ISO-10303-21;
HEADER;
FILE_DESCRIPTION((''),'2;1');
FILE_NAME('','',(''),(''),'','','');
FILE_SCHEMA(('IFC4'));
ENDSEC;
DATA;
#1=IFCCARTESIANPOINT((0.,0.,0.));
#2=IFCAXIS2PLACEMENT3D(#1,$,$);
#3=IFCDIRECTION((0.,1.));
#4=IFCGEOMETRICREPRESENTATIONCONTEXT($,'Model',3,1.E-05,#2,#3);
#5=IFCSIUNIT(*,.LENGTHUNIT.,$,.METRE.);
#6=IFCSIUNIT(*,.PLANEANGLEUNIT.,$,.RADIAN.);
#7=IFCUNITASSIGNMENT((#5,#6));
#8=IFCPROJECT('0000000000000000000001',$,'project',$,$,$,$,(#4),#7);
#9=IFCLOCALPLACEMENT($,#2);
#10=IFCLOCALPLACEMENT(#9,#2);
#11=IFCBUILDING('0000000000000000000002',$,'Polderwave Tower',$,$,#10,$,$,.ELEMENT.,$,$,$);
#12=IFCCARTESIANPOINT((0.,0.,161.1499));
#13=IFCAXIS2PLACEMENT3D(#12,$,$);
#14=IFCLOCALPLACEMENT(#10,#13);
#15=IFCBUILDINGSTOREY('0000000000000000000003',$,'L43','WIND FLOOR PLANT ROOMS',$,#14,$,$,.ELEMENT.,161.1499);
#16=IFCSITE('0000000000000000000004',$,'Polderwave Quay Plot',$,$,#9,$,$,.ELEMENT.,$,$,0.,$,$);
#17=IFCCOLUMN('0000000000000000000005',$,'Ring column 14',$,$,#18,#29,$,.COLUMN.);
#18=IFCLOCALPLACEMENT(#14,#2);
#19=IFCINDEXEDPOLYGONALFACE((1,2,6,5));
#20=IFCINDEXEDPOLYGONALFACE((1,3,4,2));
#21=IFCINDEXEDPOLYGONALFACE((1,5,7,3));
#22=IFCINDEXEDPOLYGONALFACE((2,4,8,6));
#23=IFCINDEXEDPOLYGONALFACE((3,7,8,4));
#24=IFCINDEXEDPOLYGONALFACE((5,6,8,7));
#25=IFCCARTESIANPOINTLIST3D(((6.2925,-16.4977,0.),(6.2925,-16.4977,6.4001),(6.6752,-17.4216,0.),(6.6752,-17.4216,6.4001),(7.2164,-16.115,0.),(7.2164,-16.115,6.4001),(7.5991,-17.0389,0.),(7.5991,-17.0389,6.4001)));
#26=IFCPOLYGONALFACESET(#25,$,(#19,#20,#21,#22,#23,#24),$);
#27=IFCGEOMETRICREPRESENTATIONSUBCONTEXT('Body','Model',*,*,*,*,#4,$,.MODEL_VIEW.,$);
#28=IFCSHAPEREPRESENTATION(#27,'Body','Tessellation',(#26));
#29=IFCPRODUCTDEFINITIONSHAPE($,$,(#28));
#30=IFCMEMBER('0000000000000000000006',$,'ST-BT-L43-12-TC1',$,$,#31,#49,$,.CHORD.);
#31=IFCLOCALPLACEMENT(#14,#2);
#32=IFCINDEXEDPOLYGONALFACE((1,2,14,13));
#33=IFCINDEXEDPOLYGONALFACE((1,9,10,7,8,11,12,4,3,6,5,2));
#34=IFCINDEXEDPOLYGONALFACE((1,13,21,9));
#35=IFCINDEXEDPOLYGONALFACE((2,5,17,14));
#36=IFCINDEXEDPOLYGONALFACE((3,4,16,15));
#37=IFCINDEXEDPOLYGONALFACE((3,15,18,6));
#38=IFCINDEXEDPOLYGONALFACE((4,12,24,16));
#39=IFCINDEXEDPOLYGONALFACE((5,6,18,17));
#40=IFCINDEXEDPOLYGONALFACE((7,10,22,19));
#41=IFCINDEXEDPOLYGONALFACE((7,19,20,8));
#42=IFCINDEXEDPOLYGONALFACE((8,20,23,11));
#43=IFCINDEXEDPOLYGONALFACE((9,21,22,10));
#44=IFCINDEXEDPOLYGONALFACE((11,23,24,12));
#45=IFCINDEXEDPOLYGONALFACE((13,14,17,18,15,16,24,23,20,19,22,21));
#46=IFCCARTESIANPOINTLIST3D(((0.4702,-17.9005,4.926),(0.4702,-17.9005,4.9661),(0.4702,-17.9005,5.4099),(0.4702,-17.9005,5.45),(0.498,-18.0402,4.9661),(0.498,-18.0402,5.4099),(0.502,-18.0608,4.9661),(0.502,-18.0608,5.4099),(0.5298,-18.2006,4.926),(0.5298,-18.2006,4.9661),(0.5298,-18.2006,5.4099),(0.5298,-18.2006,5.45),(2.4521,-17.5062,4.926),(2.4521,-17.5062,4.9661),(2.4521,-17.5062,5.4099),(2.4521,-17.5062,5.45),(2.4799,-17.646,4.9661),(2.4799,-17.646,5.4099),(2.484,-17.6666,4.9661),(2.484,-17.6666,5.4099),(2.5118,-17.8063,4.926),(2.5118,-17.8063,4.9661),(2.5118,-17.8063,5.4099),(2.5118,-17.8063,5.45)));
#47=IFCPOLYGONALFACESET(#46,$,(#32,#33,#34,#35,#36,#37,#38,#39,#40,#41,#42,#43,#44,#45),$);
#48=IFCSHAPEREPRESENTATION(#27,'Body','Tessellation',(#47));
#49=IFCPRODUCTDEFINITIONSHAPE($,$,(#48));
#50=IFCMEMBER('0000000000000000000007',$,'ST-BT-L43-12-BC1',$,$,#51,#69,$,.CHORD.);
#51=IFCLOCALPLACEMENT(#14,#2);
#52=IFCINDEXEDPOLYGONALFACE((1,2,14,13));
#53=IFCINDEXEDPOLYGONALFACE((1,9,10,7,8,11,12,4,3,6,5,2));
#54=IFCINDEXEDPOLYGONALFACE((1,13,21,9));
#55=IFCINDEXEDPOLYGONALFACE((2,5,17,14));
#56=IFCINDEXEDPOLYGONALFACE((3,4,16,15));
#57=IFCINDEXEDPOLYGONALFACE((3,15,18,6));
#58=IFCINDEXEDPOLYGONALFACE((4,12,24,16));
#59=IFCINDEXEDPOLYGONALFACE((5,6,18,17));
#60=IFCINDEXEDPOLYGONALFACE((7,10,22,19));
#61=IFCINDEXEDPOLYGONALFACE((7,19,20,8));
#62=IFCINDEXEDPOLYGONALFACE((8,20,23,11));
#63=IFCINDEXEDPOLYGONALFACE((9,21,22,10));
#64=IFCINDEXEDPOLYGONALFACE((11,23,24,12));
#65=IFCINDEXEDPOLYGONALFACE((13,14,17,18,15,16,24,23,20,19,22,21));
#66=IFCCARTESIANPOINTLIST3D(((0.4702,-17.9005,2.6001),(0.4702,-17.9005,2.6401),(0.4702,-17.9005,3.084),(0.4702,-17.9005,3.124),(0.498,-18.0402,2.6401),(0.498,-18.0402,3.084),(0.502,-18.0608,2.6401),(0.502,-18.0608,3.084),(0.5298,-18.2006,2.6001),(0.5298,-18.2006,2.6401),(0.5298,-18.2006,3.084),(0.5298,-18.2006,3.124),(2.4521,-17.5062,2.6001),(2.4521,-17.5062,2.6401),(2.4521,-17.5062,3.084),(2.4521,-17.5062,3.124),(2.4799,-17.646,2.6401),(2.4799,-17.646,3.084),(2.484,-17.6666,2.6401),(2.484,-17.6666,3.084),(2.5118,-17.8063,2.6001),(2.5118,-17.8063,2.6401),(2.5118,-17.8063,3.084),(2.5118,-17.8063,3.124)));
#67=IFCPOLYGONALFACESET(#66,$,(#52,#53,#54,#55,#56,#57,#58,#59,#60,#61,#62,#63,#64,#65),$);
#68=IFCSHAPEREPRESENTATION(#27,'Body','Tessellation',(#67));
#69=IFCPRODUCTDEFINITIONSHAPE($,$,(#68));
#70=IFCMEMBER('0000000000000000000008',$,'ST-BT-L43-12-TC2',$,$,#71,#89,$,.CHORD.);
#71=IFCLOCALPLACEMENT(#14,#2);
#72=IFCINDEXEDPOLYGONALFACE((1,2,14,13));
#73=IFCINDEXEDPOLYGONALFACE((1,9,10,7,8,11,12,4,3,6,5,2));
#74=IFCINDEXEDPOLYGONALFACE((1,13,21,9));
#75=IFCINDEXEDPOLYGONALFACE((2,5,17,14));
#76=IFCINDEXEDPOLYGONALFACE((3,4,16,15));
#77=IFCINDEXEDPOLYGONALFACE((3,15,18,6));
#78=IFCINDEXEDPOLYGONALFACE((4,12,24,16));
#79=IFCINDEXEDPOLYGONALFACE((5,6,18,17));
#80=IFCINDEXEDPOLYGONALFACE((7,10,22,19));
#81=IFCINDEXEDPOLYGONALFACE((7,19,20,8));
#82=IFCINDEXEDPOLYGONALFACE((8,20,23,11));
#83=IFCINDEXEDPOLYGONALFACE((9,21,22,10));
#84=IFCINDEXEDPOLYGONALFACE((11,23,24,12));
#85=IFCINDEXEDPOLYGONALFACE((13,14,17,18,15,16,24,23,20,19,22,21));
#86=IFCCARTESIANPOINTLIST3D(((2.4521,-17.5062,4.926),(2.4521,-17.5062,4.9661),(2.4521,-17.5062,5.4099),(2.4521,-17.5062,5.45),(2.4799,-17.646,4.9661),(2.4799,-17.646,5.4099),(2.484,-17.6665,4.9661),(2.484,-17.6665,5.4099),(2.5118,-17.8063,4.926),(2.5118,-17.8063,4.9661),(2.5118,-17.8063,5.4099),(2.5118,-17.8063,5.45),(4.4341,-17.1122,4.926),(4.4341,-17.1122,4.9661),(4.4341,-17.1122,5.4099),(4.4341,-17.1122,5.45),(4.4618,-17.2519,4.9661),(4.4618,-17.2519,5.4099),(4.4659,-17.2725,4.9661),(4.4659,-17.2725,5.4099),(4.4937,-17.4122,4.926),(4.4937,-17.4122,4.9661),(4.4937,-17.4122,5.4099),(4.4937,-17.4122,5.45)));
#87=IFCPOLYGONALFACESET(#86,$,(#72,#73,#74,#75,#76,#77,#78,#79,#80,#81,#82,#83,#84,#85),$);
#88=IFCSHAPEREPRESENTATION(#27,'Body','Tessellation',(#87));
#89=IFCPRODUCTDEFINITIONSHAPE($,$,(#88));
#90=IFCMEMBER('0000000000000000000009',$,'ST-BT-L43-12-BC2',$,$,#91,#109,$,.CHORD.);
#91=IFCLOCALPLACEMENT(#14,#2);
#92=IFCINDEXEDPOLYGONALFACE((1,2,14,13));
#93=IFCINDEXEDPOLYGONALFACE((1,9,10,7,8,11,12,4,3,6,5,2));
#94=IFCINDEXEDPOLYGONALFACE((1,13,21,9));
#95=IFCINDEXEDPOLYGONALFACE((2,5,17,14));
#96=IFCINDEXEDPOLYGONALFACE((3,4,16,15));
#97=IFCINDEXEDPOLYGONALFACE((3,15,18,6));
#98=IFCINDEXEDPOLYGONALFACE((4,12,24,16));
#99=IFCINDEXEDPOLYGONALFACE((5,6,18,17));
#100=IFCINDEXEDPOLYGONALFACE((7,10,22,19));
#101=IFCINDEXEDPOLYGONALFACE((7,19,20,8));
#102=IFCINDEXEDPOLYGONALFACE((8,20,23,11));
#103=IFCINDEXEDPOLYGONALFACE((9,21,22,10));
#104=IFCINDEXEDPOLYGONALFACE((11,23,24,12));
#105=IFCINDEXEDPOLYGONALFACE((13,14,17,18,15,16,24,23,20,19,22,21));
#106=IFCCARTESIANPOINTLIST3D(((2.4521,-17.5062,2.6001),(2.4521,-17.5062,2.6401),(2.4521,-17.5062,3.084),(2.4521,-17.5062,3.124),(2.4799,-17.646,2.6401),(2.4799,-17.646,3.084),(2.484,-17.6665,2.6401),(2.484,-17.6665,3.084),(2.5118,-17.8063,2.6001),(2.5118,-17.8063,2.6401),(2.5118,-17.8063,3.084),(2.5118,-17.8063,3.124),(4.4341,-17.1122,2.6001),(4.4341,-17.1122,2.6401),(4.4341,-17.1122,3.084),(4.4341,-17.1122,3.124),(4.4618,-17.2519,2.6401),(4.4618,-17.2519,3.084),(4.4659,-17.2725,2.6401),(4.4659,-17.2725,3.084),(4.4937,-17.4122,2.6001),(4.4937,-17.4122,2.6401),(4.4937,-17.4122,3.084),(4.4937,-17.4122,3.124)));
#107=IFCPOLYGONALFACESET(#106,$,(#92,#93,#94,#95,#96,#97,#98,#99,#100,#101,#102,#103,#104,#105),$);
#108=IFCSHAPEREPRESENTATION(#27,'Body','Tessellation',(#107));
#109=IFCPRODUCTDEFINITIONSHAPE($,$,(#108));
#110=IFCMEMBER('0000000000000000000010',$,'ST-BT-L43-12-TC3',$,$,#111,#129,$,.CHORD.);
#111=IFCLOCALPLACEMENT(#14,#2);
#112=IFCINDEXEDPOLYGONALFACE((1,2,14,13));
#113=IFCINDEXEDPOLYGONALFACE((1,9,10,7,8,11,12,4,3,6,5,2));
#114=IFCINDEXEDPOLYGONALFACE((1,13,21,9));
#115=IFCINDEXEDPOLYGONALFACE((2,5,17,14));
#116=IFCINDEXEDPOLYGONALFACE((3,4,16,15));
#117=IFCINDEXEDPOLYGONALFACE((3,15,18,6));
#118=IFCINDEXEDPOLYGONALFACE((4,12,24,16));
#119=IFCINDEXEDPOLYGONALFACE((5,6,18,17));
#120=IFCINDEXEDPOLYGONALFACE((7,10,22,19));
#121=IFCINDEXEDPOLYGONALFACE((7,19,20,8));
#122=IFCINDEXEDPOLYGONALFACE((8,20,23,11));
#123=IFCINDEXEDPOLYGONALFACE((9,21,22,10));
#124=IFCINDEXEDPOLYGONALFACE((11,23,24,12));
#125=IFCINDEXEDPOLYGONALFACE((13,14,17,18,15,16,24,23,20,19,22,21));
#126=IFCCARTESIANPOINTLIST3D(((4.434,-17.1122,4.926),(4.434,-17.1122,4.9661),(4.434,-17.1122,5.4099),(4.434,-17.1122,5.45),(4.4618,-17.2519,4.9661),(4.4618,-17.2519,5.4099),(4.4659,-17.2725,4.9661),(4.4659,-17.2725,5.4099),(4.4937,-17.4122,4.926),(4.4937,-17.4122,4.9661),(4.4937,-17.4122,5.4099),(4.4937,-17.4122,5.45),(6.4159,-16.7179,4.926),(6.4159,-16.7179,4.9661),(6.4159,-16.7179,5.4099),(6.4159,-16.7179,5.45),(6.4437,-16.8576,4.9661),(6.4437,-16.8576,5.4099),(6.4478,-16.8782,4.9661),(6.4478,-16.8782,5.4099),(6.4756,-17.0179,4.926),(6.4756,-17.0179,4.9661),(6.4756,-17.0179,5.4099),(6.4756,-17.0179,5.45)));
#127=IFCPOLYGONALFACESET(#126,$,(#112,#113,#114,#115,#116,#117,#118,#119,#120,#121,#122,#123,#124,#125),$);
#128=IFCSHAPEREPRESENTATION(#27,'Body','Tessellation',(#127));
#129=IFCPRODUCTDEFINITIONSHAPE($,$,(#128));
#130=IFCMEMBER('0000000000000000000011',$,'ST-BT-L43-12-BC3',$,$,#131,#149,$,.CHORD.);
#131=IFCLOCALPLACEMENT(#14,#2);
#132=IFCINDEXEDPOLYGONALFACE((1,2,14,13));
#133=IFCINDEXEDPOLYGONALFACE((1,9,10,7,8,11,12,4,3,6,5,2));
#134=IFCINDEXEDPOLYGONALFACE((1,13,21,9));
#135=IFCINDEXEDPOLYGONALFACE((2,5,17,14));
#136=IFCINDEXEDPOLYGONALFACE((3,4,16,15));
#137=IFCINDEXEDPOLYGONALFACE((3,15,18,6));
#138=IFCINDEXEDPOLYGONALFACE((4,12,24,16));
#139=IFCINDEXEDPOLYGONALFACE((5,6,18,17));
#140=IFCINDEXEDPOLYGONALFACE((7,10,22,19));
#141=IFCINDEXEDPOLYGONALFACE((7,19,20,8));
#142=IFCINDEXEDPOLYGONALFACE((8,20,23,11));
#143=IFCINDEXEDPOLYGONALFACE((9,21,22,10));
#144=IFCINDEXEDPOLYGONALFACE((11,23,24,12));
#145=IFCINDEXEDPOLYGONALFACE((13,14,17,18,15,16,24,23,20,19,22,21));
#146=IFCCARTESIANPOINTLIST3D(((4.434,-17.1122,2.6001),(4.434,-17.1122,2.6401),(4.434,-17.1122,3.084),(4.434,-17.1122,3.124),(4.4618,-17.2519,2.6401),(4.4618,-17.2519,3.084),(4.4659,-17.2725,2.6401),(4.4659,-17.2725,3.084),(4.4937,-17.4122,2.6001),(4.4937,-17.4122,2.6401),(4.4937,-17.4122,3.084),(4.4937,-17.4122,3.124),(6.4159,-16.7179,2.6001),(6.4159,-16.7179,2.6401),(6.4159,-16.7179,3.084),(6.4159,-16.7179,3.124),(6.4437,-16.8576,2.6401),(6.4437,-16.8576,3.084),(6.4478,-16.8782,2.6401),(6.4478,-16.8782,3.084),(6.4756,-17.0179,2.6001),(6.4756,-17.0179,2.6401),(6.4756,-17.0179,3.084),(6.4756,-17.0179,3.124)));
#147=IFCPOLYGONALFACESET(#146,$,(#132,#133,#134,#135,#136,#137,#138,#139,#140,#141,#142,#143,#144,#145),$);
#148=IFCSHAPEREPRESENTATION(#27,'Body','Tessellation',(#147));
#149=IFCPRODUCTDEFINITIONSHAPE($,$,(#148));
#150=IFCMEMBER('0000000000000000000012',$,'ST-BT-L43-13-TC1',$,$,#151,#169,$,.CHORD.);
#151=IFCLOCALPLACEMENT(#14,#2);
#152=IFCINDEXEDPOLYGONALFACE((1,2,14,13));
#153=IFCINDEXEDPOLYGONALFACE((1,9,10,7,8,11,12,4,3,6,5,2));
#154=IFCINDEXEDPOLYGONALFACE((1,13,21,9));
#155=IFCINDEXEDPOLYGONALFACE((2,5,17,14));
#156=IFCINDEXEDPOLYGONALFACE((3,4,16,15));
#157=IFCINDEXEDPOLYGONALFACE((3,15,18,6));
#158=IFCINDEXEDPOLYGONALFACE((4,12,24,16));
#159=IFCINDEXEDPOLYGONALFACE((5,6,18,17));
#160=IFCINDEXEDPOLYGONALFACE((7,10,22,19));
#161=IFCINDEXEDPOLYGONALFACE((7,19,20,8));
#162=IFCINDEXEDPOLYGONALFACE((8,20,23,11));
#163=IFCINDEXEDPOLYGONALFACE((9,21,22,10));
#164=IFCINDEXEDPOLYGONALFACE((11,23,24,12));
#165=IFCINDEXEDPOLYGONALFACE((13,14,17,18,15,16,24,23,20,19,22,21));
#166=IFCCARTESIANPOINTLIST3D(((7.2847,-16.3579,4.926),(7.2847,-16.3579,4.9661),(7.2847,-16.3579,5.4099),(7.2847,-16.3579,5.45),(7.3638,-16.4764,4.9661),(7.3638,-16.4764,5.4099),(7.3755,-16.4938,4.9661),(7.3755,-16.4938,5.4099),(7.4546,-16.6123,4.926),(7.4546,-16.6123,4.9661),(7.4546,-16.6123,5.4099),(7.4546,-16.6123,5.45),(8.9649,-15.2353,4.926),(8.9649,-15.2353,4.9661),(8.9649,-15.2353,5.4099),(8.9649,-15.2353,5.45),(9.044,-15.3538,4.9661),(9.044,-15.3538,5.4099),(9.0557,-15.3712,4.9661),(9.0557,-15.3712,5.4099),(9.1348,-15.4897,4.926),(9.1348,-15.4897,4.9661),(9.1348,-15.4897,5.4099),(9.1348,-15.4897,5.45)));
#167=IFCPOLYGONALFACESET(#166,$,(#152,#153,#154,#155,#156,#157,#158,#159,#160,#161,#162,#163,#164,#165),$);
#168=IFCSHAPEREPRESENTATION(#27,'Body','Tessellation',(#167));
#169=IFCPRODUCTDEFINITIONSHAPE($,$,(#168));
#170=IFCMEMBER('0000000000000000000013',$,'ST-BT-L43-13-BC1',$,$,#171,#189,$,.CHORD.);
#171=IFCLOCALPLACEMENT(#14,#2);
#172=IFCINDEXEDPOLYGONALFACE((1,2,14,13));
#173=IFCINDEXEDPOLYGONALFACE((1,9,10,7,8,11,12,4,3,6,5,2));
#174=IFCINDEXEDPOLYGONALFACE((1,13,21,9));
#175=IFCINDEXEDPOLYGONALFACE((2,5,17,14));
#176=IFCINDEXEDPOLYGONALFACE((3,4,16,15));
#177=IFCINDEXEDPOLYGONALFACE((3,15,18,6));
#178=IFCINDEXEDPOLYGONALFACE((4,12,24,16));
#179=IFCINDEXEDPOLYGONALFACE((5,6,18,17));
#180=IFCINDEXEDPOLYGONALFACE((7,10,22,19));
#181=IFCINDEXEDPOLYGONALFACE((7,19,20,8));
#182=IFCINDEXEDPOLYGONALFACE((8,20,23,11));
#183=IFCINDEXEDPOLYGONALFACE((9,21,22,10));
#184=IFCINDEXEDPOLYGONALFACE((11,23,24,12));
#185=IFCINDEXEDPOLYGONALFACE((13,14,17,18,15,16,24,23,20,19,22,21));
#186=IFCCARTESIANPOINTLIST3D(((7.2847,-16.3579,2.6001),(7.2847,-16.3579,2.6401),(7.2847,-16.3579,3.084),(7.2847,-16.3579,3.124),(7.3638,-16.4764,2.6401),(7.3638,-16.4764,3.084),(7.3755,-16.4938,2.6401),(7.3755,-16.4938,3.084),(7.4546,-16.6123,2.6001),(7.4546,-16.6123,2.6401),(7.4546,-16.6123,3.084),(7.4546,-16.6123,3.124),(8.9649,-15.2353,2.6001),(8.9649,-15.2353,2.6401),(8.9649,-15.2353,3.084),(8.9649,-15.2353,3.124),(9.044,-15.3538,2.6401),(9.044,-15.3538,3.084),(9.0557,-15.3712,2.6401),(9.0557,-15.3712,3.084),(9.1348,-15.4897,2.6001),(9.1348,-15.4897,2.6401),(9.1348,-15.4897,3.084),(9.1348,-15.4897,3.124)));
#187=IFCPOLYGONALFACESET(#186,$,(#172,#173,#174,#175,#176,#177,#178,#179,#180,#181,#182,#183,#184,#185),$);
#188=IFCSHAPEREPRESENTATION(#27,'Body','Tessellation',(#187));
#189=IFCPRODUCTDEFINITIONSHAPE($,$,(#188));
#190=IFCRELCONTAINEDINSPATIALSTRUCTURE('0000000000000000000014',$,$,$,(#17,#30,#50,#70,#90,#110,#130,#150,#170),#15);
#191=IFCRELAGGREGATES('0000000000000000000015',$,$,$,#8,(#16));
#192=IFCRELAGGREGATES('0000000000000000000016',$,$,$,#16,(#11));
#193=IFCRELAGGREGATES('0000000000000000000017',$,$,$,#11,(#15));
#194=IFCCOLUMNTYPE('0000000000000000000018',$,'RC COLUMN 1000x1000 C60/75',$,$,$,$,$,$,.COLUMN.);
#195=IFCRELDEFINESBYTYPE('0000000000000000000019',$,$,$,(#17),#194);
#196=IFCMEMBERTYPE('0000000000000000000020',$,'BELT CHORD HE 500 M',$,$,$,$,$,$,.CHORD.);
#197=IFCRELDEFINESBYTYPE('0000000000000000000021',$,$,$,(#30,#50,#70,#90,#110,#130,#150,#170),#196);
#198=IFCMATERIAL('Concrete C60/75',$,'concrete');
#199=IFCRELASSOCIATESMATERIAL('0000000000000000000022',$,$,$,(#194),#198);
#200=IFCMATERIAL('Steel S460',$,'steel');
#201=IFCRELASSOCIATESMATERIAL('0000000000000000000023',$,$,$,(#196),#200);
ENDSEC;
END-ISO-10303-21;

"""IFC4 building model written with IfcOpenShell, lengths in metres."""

from ifc_helpers import new_model, si_unit, direction, frame, origin, origin_2d, place, context, subcontext, project, spatial, rectangle, i_section, extrude, material, material_profile, profile_set, type_object, element, save


model = new_model("IFC4")

# Units and contexts
model_context = context("Model", 3, precision=1e-05, world=origin(), true_north=direction((0.0, 1.0)))
body_context = subcontext(model_context, "Body", "Model", "MODEL_VIEW")
ifc_project = project(units=[si_unit("LENGTHUNIT", "METRE"), si_unit("PLANEANGLEUNIT", "RADIAN")], contexts=[model_context])

# Site, building, storey
site_placement = place(None, origin())
site = spatial("IfcSite", under=ifc_project, at=site_placement, Name="Polderwave Quay Plot", CompositionType="ELEMENT", RefElevation=0.0)
building_placement = place(site_placement, origin())
building = spatial("IfcBuilding", under=site, at=building_placement, Name="Polderwave Tower", CompositionType="ELEMENT")
storey_placement = place(building_placement, frame((0.0, 0.0, 161.1499)))
storey = spatial("IfcBuildingStorey", under=building, at=storey_placement, Name="L43", Description="WIND FLOOR PLANT ROOMS", CompositionType="ELEMENT", Elevation=161.1499)

# Column
ifc_material_1 = material(Name="Concrete C60/75", Category="concrete")
ifc_material_profile_1 = material_profile(ifc_material_1, rectangle(XDim=1.0, YDim=1.0, at=origin_2d()), Name="RC 1000x1000")
ifc_profile_set_1 = profile_set([ifc_material_profile_1], Name="Concrete C60/75")
column_type = type_object("IfcColumnType", Name="RC COLUMN 1000x1000 C60/75", PredefinedType="COLUMN", material=ifc_profile_set_1)
column_placement = place(storey_placement, frame((6.9458, -16.7683, 0.0), z_axis=(0.0, 0.0, 1.0), x_axis=(0.382683, -0.92388, 0.0)))
element("IfcColumn", 1, at=column_placement, inside=storey, type_object=column_type, Name="Ring column 14", PredefinedType="COLUMN", context=body_context, shape_type="SweptSolid", body=[
    extrude(rectangle(XDim=1.0, YDim=1.0, at=origin_2d()), origin(), (0.0, 0.0, 1.0), 6.4001),
])

# Members
ifc_material_2 = material(Name="Steel S460", Category="steel")
ifc_material_profile_2 = material_profile(ifc_material_2, i_section(OverallWidth=0.3059, OverallDepth=0.5239, WebThickness=0.021, FlangeThickness=0.04, at=origin_2d()), Name="HE 500 M")
ifc_profile_set_2 = profile_set([ifc_material_profile_2], Name="Steel S460")
member_type_1 = type_object("IfcMemberType", Name="BELT CHORD HE 500 M", PredefinedType="CHORD", material=ifc_profile_set_2)
for number, where, z_axis, x_axis, name in (
    (2, (0.5, -18.0505, 5.188), (0.98078, 0.195117, 0.0), (-0.195117, 0.98078, 0.0), "ST-BT-L43-12-TC1"),
    (3, (0.5, -18.0505, 2.8621), (0.98078, 0.195117, 0.0), (-0.195117, 0.98078, 0.0), "ST-BT-L43-12-BC1"),
    (4, (2.4819, -17.6562, 5.188), (0.980803, 0.195001, 0.0), (-0.195001, 0.980803, 0.0), "ST-BT-L43-12-TC2"),
    (5, (2.4819, -17.6562, 2.8621), (0.980803, 0.195001, 0.0), (-0.195001, 0.980803, 0.0), "ST-BT-L43-12-BC2"),
    (6, (4.4639, -17.2622, 5.188), (0.98078, 0.195117, 0.0), (-0.195117, 0.98078, 0.0), "ST-BT-L43-12-TC3"),
    (7, (4.4639, -17.2622, 2.8621), (0.98078, 0.195117, 0.0), (-0.195117, 0.98078, 0.0), "ST-BT-L43-12-BC3"),
    (8, (7.3696, -16.4851, 5.188), (0.831492, 0.555536, 0.0), (-0.555536, 0.831492, 0.0), "ST-BT-L43-13-TC1"),
    (9, (7.3696, -16.4851, 2.8621), (0.831492, 0.555536, 0.0), (-0.555536, 0.831492, 0.0), "ST-BT-L43-13-BC1"),
):
    element("IfcMember", number, at=place(storey_placement, frame(where, z_axis=z_axis, x_axis=x_axis)), inside=storey, type_object=member_type_1, Name=name, PredefinedType="CHORD", context=body_context, shape_type="SweptSolid", body=[
        extrude(i_section(OverallWidth=0.3059, OverallDepth=0.5239, WebThickness=0.021, FlangeThickness=0.04, at=origin_2d()), origin(), (0.0, 0.0, 1.0), 2.0208),
    ])

save(model, "model.ifc")
